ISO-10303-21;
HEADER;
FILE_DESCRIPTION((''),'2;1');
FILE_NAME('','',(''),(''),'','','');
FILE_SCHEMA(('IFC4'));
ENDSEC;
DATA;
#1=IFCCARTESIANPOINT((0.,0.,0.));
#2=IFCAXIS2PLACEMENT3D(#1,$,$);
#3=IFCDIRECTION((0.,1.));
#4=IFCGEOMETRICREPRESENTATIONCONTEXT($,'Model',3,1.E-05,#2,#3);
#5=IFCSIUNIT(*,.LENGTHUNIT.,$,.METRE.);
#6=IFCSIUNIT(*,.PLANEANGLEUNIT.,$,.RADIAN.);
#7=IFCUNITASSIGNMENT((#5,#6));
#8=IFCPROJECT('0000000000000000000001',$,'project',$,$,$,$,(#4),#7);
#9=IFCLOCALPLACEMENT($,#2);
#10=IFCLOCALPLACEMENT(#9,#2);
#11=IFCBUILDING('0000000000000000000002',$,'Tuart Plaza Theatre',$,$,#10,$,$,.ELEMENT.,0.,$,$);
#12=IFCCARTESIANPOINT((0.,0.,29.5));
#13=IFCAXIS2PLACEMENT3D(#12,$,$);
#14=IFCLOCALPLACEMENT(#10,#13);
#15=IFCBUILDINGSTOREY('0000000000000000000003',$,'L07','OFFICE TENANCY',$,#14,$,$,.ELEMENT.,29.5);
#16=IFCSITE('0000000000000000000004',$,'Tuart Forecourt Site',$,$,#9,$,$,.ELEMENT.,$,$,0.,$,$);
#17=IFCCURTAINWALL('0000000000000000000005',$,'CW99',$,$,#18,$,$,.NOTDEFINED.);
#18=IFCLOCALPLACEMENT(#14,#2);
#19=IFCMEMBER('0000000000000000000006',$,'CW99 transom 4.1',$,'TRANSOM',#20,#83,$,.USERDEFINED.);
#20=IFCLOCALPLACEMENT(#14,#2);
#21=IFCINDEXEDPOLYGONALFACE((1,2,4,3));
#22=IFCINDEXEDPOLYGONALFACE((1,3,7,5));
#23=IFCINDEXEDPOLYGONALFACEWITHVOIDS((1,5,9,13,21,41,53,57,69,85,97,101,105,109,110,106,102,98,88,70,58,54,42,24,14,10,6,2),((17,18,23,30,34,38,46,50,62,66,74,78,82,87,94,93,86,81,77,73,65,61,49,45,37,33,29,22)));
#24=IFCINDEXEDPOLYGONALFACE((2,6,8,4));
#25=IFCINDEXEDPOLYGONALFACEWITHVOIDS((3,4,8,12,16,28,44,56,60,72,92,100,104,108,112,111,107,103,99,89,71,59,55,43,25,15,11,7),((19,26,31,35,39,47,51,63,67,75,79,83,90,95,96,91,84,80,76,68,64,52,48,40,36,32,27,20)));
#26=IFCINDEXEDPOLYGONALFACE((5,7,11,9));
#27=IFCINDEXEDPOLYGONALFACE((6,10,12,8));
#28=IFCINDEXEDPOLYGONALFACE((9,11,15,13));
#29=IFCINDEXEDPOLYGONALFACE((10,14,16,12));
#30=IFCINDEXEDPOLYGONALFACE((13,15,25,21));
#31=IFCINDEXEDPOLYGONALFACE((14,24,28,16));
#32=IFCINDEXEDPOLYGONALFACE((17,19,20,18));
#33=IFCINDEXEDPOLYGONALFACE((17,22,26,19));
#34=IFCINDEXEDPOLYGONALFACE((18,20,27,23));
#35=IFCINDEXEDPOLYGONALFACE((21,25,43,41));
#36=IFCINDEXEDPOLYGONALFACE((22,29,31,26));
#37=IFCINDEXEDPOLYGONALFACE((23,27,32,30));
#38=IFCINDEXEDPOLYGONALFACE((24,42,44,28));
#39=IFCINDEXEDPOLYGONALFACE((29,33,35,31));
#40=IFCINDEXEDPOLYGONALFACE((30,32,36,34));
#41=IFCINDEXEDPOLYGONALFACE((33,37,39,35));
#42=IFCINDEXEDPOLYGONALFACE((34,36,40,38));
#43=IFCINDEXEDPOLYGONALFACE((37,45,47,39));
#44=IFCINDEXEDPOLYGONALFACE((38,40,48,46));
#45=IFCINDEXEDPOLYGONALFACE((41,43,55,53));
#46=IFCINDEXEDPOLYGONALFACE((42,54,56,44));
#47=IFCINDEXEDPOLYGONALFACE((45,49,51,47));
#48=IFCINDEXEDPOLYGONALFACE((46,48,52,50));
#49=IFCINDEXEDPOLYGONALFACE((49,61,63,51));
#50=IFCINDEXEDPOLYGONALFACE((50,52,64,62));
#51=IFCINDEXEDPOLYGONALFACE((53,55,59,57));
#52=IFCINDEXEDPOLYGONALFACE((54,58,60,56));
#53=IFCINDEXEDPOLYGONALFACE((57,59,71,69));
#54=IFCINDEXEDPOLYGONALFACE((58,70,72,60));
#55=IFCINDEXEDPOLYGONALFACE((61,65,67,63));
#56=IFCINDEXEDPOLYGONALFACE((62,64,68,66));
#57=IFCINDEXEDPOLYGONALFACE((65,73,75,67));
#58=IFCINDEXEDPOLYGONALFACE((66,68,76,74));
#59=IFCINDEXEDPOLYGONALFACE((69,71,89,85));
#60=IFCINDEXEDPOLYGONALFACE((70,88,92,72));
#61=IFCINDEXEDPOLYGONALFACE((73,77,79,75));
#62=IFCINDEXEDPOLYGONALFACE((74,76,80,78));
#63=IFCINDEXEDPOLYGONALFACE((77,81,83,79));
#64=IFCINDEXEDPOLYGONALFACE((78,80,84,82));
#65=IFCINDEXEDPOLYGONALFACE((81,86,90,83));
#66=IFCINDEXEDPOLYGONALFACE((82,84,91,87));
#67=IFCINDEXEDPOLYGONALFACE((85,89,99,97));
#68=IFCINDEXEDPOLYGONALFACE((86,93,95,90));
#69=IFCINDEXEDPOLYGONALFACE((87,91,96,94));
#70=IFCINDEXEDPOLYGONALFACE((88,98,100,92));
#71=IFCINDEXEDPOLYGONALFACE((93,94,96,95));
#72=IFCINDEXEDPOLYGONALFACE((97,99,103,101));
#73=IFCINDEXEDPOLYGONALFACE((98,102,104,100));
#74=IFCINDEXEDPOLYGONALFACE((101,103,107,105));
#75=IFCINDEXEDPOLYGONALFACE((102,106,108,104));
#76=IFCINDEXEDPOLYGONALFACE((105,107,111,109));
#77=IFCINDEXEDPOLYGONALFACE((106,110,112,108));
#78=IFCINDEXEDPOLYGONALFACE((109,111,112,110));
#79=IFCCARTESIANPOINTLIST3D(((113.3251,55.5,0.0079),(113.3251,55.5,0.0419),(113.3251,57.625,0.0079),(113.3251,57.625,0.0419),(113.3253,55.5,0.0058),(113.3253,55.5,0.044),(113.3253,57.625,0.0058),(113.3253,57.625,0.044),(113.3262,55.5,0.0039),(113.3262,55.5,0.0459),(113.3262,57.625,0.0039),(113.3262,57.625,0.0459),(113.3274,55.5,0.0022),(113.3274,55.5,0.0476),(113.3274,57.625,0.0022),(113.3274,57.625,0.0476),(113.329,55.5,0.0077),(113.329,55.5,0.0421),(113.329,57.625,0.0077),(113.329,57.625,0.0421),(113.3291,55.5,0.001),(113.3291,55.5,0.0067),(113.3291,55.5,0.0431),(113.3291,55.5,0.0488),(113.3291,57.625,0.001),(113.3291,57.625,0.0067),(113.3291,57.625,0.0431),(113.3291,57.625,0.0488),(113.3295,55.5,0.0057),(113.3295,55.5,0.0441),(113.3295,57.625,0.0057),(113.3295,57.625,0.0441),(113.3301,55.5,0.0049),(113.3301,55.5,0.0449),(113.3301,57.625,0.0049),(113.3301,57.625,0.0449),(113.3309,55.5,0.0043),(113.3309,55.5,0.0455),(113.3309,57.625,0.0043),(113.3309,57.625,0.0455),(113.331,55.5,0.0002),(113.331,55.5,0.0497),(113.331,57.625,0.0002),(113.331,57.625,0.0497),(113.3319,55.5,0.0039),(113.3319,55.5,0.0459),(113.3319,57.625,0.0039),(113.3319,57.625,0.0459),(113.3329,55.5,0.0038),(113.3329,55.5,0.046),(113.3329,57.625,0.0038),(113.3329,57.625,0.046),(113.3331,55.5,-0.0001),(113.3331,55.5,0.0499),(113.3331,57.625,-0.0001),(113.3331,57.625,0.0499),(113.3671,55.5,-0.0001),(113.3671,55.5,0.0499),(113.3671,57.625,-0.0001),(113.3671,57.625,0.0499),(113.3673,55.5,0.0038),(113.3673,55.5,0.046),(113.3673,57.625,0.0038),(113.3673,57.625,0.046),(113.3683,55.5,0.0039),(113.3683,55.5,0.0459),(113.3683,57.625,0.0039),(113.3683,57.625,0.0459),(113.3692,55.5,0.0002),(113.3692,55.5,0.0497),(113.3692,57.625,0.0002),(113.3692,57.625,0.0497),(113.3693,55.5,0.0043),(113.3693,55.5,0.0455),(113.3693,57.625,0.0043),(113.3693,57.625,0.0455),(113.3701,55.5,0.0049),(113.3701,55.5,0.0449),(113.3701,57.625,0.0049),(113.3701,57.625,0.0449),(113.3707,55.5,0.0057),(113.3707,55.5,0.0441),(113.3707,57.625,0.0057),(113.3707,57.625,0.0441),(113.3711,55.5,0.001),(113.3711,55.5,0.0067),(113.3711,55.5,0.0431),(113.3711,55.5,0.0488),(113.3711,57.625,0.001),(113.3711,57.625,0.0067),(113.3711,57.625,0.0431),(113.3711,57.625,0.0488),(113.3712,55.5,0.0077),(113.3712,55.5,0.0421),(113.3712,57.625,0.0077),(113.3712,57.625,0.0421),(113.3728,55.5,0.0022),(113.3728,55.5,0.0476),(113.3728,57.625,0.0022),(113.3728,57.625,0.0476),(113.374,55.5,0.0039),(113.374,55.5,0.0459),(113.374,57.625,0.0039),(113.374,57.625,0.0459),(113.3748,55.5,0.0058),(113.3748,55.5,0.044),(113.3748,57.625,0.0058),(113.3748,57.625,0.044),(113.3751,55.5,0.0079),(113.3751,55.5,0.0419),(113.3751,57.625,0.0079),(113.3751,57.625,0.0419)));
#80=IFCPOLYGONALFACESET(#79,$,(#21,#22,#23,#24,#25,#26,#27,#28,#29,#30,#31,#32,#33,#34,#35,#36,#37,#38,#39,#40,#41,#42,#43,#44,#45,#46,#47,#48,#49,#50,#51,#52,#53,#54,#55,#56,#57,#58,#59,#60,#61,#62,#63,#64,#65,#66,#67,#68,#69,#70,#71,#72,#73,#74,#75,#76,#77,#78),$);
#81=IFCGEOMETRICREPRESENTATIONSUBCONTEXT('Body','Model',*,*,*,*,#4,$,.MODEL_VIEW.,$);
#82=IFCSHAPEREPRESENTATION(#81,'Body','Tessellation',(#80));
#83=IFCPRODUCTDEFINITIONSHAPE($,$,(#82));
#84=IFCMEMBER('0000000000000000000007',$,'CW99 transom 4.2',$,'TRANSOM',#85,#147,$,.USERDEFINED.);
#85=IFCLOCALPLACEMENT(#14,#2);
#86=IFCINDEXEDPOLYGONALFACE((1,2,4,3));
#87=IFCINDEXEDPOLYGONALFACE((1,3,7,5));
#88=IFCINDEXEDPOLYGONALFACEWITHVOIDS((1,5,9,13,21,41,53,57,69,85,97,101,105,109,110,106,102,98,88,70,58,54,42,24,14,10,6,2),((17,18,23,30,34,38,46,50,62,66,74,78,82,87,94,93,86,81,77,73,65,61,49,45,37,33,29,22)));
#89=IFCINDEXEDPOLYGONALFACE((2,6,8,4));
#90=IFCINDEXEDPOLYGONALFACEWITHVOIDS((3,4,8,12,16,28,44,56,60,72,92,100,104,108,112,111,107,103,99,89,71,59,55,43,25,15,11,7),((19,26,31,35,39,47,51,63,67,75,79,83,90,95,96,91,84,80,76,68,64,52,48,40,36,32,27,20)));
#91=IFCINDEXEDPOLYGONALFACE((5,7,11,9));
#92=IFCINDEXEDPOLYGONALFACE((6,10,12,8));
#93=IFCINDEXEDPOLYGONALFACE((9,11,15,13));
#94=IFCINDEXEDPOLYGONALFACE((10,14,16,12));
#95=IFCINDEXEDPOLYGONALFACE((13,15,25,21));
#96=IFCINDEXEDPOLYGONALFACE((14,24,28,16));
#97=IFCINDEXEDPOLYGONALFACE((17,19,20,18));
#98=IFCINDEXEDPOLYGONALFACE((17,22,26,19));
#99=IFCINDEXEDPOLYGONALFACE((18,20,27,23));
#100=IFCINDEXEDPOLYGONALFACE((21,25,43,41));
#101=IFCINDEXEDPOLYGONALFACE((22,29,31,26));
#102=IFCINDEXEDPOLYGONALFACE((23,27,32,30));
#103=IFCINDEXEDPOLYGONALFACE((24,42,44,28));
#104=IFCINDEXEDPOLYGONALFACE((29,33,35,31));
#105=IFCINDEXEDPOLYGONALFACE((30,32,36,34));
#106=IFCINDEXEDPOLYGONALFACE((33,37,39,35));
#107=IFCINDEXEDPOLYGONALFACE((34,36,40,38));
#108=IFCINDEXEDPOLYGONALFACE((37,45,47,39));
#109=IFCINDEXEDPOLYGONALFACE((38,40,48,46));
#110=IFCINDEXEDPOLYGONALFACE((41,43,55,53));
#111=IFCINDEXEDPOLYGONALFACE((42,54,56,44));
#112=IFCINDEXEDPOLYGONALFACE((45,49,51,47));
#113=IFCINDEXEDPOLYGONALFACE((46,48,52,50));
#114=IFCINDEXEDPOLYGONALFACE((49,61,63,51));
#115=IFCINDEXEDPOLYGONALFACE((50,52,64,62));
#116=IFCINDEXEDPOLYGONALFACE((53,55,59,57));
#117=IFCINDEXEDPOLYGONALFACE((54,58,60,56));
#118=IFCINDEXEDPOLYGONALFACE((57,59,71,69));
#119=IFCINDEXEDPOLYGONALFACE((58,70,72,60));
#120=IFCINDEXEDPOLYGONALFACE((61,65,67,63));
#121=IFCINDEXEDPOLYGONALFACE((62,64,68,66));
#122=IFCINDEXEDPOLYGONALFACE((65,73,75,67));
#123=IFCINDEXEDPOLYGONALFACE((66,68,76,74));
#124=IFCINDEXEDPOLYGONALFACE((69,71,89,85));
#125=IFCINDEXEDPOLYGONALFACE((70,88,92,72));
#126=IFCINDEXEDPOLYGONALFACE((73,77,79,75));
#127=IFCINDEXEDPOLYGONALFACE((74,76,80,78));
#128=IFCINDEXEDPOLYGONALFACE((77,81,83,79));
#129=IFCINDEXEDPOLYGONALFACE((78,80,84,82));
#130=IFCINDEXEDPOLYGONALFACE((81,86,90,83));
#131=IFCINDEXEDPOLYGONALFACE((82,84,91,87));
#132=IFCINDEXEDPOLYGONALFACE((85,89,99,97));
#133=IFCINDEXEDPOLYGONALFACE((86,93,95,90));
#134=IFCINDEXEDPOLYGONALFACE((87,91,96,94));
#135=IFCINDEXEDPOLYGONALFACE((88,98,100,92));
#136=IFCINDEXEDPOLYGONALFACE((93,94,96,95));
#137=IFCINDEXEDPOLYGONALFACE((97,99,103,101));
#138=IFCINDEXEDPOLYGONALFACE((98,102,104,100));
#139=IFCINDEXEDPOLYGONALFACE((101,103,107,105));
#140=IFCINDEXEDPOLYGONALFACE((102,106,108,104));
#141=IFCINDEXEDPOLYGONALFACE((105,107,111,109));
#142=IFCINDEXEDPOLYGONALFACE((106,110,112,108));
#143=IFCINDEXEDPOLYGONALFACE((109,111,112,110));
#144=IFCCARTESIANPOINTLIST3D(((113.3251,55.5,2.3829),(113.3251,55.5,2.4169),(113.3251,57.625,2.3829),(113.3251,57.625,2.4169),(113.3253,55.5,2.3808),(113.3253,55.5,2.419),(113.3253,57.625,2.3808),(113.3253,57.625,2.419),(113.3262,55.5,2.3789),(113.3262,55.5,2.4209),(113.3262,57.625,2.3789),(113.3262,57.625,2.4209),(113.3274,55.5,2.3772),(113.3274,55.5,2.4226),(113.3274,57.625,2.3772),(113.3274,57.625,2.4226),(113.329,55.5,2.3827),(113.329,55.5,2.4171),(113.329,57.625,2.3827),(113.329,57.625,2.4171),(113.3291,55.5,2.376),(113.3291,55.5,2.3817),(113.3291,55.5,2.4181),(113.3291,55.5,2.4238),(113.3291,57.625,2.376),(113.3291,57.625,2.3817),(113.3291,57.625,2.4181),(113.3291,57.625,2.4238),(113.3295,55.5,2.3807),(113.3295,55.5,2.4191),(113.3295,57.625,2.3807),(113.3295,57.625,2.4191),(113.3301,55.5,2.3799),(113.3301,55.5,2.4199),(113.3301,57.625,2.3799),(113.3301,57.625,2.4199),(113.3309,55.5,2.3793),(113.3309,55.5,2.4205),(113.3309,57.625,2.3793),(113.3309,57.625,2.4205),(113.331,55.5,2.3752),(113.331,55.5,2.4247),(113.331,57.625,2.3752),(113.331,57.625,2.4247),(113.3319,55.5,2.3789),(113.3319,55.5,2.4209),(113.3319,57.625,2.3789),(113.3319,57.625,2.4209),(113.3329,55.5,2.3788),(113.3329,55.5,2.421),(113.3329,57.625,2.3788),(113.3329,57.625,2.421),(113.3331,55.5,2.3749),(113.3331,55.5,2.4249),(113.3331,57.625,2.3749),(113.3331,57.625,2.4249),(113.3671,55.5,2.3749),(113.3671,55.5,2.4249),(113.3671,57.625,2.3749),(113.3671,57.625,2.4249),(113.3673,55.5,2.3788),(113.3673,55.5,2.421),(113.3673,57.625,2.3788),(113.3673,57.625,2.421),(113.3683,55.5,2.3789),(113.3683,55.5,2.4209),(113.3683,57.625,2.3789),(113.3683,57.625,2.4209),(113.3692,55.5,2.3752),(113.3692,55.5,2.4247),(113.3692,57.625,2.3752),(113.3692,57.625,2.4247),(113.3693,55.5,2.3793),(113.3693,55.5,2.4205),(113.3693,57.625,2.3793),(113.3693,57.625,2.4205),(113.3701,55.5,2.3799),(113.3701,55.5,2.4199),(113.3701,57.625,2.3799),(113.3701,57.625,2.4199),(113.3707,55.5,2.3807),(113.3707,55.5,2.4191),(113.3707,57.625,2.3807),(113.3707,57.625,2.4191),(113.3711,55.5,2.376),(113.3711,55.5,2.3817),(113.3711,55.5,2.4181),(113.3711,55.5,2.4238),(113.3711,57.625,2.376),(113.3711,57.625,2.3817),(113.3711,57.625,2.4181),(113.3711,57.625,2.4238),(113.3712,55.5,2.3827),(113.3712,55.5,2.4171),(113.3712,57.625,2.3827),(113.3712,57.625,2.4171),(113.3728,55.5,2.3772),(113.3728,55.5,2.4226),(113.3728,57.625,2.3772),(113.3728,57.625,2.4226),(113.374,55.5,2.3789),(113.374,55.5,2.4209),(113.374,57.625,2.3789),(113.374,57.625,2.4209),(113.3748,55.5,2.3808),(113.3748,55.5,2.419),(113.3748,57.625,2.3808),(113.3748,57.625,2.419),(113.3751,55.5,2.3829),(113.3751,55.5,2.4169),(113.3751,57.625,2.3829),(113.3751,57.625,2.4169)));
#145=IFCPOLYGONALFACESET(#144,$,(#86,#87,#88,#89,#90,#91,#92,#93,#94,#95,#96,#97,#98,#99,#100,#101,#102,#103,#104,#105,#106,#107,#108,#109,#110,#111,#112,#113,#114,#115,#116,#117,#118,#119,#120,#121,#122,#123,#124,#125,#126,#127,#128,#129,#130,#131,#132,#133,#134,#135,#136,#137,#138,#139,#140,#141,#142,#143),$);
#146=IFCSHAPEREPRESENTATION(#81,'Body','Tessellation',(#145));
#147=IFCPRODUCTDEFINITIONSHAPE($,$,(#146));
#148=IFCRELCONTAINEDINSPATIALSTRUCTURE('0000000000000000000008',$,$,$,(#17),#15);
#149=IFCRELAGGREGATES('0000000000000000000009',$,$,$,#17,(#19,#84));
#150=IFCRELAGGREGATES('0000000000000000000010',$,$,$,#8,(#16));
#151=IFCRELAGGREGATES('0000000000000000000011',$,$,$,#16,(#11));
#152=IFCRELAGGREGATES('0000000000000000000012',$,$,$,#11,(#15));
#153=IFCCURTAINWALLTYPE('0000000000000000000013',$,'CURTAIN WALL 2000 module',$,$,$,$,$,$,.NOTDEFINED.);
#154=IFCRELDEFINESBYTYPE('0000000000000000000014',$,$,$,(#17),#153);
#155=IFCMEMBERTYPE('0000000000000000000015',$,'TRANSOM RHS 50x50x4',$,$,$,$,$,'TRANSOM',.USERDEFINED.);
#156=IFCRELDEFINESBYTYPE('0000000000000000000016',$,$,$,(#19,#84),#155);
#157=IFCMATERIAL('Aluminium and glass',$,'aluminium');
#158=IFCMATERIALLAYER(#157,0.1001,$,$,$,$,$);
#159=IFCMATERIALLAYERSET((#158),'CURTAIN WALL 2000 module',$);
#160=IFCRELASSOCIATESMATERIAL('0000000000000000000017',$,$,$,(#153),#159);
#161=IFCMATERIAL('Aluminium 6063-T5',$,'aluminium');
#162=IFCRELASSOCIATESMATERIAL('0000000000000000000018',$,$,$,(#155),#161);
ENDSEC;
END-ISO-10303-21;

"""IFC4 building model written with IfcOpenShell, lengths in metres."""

from ifc_helpers import new_model, si_unit, direction, frame, origin, origin_2d, place, context, subcontext, project, spatial, hollow_rectangle, extrude, material, layer, layer_set, material_profile, profile_set, type_object, element, aggregate, save


model = new_model("IFC4")

# Units and contexts
model_context = context("Model", 3, precision=1e-05, world=origin(), true_north=direction((0.0, 1.0)))
body_context = subcontext(model_context, "Body", "Model", "MODEL_VIEW")
ifc_project = project(units=[si_unit("LENGTHUNIT", "METRE"), si_unit("PLANEANGLEUNIT", "RADIAN")], contexts=[model_context])

# Site, building, storey
site_placement = place(None, origin())
site = spatial("IfcSite", under=ifc_project, at=site_placement, Name="Tuart Forecourt Site", CompositionType="ELEMENT", RefElevation=0.0)
building_placement = place(site_placement, origin())
building = spatial("IfcBuilding", under=site, at=building_placement, Name="Tuart Plaza Theatre", CompositionType="ELEMENT", ElevationOfRefHeight=0.0)
storey_placement = place(building_placement, frame((0.0, 0.0, 29.5)))
storey = spatial("IfcBuildingStorey", under=building, at=storey_placement, Name="L07", Description="OFFICE TENANCY", CompositionType="ELEMENT", Elevation=29.5)

# Curtain wall
ifc_material_1 = material(Name="Aluminium and glass", Category="aluminium")
ifc_layer_1 = layer(ifc_material_1, 0.1001)
ifc_layer_set_1 = layer_set([ifc_layer_1], Name="CURTAIN WALL 2000 module")
curtain_wall_type = type_object("IfcCurtainWallType", Name="CURTAIN WALL 2000 module", PredefinedType="NOTDEFINED", material=ifc_layer_set_1)
curtain_wall_1_placement = place(storey_placement, origin())
curtain_wall_1 = element("IfcCurtainWall", 1, at=curtain_wall_1_placement, inside=storey, type_object=curtain_wall_type, Name="CW99", PredefinedType="NOTDEFINED")

# Members
ifc_material_2 = material(Name="Aluminium 6063-T5", Category="aluminium")
ifc_material_profile_1 = material_profile(ifc_material_2, hollow_rectangle(XDim=0.05, YDim=0.05, WallThickness=0.0039, InnerFilletRadius=0.0039, OuterFilletRadius=0.0081, at=origin_2d()), Name="RHS 50x50x4")
ifc_profile_set_1 = profile_set([ifc_material_profile_1], Name="Aluminium 6063-T5")
member_type_1 = type_object("IfcMemberType", Name="TRANSOM RHS 50x50x4", ElementType="TRANSOM", PredefinedType="USERDEFINED", material=ifc_profile_set_1)
member_1_placement = place(storey_placement, frame((113.3501, 57.625, 0.0249), z_axis=(0.0, -1.0, 0.0), x_axis=(1.0, 0.0, 0.0)))
member_1 = element("IfcMember", 2, at=member_1_placement, type_object=member_type_1, Name="CW99 transom 4.1", ObjectType="TRANSOM", PredefinedType="USERDEFINED", context=body_context, shape_type="SweptSolid", body=[
    extrude(hollow_rectangle(XDim=0.05, YDim=0.05, WallThickness=0.0039, InnerFilletRadius=0.0039, OuterFilletRadius=0.0081, at=origin_2d()), origin(), (0.0, 0.0, 1.0), 2.125),
])
member_2_placement = place(storey_placement, frame((113.3501, 57.625, 2.3999), z_axis=(0.0, -1.0, 0.0), x_axis=(1.0, 0.0, 0.0)))
member_2 = element("IfcMember", 3, at=member_2_placement, type_object=member_type_1, Name="CW99 transom 4.2", ObjectType="TRANSOM", PredefinedType="USERDEFINED", context=body_context, shape_type="SweptSolid", body=[
    extrude(hollow_rectangle(XDim=0.05, YDim=0.05, WallThickness=0.0039, InnerFilletRadius=0.0039, OuterFilletRadius=0.0081, at=origin_2d()), origin(), (0.0, 0.0, 1.0), 2.125),
])

aggregate(curtain_wall_1, [member_1, member_2])

save(model, "model.ifc")
